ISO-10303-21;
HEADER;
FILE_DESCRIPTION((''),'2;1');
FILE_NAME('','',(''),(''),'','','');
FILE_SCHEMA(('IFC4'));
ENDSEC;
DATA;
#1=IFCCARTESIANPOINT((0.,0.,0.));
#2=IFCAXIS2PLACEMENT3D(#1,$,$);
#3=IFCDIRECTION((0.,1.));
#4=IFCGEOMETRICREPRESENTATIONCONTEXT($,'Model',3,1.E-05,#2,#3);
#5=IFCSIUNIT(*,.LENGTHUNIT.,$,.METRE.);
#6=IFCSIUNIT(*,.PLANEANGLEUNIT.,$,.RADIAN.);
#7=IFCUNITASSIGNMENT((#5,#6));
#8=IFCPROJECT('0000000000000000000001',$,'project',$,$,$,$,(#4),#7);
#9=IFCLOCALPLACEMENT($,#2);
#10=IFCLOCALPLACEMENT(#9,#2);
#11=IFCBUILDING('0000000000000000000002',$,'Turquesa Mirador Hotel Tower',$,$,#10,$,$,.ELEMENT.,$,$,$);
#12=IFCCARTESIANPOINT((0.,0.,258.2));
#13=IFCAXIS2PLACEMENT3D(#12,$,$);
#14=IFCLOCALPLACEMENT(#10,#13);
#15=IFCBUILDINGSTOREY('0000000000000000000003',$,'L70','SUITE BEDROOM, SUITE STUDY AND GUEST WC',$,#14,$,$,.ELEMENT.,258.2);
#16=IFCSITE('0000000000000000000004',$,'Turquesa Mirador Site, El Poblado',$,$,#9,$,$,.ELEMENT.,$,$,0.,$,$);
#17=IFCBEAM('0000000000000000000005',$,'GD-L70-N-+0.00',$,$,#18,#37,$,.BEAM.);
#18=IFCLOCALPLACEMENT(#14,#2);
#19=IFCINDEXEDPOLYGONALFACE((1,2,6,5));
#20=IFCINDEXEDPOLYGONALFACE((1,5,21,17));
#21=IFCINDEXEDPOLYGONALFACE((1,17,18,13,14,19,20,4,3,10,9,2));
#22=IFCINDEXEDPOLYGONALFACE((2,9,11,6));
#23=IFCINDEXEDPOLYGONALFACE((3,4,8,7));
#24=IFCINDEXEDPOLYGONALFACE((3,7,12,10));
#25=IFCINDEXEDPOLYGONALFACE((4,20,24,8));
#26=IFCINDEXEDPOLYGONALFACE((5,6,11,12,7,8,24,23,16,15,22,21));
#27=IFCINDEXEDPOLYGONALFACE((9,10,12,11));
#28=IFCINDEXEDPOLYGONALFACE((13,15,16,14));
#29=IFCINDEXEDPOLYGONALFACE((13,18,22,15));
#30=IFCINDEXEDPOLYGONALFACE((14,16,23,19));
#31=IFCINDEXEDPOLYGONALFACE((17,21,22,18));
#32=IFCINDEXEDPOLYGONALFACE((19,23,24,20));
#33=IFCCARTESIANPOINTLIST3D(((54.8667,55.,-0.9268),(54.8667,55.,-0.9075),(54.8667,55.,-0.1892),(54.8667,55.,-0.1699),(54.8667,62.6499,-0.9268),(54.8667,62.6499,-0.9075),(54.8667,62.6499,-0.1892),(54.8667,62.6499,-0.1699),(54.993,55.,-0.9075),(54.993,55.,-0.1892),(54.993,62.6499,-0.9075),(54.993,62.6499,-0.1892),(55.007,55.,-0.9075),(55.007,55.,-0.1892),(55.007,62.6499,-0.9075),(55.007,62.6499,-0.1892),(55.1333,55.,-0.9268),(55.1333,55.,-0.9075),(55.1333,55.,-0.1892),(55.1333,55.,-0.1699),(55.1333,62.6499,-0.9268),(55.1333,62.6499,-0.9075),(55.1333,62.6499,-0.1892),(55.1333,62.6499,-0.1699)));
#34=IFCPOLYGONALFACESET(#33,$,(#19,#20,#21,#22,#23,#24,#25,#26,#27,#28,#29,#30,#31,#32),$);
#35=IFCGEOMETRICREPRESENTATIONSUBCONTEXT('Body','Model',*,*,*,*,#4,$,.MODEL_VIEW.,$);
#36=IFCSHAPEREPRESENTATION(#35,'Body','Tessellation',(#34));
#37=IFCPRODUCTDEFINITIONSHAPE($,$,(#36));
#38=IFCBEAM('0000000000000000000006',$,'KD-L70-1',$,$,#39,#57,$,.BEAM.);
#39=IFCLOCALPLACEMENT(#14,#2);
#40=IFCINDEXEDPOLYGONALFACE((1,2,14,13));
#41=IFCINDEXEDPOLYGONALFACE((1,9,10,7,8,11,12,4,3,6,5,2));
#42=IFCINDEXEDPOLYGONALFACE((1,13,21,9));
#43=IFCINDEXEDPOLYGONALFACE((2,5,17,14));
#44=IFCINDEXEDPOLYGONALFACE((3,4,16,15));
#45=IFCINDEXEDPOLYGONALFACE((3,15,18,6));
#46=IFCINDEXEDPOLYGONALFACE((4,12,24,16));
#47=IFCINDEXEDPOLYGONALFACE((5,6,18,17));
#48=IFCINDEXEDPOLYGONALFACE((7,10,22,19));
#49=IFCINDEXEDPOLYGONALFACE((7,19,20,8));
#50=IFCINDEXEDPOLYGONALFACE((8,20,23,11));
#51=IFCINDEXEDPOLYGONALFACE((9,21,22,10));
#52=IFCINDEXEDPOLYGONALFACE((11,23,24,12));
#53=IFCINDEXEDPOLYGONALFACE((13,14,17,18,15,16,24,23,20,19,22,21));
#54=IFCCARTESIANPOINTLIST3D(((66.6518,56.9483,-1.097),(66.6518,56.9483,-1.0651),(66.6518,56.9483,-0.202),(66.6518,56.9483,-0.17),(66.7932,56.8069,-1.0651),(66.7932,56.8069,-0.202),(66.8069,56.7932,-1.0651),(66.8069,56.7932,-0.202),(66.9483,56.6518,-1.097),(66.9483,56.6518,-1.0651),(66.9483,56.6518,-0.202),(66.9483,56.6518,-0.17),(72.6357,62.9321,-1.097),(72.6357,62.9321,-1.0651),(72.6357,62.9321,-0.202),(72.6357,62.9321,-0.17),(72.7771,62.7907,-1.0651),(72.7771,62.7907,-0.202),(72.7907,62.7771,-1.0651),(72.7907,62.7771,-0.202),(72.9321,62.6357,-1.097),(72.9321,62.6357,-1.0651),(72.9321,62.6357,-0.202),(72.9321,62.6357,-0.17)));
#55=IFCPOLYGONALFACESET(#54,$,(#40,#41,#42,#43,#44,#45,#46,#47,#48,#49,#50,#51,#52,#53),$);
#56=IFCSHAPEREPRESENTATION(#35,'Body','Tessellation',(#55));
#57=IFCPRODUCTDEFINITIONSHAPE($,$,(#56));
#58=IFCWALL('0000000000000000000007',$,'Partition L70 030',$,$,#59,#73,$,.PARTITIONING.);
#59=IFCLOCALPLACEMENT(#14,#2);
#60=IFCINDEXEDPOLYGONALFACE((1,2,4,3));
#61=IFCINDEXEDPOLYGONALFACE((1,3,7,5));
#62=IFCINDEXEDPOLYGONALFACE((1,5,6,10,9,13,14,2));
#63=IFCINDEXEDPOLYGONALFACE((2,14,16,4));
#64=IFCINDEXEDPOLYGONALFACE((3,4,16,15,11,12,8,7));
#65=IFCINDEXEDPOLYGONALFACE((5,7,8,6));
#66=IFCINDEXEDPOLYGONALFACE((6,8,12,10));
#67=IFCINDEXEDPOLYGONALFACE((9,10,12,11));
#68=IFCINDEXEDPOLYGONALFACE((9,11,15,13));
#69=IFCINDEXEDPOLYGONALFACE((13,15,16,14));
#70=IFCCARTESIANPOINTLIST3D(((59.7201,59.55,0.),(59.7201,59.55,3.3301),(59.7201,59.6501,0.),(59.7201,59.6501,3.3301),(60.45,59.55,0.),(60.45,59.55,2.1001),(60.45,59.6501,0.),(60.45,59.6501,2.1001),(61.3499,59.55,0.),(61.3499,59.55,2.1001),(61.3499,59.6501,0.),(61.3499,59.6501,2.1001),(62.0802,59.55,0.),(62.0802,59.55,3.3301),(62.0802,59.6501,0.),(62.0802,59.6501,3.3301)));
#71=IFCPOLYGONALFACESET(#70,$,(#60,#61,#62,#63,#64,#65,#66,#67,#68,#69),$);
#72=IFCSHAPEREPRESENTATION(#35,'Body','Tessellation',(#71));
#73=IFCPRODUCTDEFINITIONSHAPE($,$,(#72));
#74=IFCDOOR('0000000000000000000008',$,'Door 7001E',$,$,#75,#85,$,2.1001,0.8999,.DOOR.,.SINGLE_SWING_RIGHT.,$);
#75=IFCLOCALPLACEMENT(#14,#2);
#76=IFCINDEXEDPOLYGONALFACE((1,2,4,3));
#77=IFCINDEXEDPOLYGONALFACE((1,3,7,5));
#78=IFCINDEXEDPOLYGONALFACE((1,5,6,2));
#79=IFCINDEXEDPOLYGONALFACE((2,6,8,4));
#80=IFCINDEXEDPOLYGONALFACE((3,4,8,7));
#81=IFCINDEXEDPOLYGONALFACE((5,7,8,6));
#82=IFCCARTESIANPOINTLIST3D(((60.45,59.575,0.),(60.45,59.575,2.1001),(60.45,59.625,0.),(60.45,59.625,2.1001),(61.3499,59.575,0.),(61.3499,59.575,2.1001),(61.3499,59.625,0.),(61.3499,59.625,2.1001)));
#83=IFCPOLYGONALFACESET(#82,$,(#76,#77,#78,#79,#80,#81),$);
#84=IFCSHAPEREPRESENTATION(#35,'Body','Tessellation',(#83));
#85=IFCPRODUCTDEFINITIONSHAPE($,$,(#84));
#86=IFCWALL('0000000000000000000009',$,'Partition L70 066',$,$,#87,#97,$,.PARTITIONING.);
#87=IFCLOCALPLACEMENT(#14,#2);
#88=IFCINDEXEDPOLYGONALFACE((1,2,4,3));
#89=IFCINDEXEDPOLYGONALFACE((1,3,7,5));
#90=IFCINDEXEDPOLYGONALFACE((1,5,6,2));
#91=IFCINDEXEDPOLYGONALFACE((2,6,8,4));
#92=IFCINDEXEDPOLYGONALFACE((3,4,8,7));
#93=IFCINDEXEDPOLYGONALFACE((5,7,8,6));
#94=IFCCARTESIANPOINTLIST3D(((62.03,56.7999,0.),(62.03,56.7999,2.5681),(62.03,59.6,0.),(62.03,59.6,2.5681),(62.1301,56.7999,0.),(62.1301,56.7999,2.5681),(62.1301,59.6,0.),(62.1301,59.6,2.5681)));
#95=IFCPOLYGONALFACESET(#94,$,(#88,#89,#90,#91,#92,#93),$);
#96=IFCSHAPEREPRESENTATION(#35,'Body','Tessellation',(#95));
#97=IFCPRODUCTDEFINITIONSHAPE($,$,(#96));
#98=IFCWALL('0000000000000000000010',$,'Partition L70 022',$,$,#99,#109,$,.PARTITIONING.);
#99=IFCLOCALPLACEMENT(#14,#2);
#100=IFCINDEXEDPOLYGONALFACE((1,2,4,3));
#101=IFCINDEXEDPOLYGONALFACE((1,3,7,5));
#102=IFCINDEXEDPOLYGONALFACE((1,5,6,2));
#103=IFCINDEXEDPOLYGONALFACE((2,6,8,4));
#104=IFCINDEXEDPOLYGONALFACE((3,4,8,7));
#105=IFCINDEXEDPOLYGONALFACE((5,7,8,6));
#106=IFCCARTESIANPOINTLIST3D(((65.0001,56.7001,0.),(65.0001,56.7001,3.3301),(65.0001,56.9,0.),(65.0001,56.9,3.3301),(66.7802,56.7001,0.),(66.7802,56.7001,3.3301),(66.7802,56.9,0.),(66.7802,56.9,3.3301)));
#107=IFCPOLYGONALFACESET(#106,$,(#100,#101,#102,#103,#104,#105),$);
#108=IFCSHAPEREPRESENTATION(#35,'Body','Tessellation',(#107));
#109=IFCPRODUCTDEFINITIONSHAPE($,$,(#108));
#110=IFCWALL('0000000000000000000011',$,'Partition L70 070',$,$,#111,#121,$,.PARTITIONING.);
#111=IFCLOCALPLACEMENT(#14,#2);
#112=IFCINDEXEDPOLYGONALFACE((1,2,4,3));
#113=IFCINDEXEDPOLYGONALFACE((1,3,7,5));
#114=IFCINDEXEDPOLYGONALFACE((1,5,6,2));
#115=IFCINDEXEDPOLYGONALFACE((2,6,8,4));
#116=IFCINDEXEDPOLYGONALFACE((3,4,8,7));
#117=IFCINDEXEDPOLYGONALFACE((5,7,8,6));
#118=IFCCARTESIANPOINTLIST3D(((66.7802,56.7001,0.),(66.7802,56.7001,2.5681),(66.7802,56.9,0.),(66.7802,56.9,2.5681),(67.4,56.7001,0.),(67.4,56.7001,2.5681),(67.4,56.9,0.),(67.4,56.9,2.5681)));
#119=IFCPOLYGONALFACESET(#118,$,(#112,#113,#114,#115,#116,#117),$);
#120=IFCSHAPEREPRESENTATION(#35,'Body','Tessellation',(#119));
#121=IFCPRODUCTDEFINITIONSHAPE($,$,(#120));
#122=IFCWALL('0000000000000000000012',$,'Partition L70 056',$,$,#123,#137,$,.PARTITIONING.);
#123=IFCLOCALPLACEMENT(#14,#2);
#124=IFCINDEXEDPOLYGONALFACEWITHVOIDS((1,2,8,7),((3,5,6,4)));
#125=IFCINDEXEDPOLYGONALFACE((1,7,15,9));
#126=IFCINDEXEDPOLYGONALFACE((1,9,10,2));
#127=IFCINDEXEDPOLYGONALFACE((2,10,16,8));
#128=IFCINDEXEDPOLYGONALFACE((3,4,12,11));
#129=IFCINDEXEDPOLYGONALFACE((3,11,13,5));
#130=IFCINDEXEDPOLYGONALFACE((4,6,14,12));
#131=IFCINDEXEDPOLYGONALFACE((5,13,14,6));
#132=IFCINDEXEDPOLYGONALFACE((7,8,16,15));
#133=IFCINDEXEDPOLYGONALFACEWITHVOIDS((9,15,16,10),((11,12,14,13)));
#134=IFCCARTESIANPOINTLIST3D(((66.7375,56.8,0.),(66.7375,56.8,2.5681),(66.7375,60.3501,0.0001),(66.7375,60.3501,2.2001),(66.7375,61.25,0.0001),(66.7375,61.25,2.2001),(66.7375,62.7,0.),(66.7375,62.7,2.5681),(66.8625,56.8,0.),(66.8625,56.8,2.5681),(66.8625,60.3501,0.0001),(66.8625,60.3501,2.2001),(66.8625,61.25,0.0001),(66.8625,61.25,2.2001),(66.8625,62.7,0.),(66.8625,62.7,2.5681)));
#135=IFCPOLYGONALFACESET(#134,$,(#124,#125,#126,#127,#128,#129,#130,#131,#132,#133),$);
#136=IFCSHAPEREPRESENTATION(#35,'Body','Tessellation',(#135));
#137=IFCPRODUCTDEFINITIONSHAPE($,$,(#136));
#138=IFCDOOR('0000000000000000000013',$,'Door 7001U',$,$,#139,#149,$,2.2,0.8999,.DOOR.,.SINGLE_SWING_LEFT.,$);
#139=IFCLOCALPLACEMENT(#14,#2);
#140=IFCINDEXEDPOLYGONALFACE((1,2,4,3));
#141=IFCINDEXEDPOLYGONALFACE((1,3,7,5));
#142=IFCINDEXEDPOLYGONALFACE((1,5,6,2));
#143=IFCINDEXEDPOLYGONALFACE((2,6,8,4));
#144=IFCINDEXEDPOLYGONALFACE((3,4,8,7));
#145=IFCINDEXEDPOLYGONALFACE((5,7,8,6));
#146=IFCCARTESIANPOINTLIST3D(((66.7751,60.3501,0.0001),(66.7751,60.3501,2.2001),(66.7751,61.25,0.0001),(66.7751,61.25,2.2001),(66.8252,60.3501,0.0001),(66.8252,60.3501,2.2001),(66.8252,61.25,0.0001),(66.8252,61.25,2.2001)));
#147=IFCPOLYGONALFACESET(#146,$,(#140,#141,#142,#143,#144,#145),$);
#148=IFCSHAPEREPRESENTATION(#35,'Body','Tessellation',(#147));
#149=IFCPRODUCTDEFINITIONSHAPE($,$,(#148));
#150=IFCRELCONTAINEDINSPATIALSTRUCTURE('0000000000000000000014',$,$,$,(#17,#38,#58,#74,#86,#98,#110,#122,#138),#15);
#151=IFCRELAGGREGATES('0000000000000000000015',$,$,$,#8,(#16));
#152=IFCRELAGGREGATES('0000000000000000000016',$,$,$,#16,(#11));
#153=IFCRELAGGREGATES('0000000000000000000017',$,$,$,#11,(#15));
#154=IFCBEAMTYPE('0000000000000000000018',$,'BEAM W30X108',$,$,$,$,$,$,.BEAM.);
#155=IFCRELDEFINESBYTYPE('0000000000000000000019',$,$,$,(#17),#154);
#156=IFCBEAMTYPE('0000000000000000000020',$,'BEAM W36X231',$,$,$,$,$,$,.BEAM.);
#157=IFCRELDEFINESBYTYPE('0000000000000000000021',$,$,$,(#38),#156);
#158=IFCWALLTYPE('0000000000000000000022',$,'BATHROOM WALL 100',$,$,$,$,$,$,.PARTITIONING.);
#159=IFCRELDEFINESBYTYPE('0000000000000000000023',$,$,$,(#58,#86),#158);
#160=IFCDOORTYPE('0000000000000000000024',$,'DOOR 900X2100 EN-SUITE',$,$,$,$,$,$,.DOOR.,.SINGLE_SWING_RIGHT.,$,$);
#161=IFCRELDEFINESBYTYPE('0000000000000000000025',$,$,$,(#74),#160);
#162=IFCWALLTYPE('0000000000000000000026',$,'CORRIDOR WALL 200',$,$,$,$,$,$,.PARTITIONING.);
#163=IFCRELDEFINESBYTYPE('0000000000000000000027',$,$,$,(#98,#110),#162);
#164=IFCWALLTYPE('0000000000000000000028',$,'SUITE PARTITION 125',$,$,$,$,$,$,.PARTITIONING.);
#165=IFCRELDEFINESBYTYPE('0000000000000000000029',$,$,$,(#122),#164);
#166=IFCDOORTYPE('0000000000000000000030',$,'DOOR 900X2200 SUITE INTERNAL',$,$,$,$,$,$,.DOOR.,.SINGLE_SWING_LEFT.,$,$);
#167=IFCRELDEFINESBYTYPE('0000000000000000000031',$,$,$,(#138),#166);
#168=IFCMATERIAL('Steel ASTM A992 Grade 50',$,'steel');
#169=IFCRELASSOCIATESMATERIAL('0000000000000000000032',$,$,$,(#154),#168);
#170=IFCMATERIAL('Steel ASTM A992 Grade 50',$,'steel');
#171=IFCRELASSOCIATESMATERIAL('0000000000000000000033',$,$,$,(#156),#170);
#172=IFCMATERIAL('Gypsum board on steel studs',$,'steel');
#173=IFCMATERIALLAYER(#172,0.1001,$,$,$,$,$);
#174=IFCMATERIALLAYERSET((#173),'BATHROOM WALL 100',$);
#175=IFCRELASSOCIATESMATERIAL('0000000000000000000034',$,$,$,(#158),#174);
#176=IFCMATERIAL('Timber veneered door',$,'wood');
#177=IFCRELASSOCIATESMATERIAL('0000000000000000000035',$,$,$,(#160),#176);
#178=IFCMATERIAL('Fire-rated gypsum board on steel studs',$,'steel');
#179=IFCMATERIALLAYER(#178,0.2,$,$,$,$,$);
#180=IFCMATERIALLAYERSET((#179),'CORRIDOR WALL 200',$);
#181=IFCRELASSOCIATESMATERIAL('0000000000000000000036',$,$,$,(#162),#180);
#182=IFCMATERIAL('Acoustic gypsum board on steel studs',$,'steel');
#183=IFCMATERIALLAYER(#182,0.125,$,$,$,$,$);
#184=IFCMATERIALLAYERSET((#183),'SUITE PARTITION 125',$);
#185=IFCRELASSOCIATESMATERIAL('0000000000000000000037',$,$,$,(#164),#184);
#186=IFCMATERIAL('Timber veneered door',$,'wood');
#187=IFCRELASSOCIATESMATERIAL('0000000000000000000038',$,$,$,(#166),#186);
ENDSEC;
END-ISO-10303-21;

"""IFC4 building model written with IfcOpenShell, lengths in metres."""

from ifc_helpers import new_model, si_unit, direction, frame, frame_2d, origin, origin_2d, place, context, subcontext, project, spatial, rectangle, i_section, extrude, material, layer, layer_set, material_profile, profile_set, type_object, element, fill, save


model = new_model("IFC4")

# Units and contexts
model_context = context("Model", 3, precision=1e-05, world=origin(), true_north=direction((0.0, 1.0)))
body_context = subcontext(model_context, "Body", "Model", "MODEL_VIEW")
ifc_project = project(units=[si_unit("LENGTHUNIT", "METRE"), si_unit("PLANEANGLEUNIT", "RADIAN")], contexts=[model_context])

# Site, building, storey
site_placement = place(None, origin())
site = spatial("IfcSite", under=ifc_project, at=site_placement, Name="Turquesa Mirador Site, El Poblado", CompositionType="ELEMENT", RefElevation=0.0)
building_placement = place(site_placement, origin())
building = spatial("IfcBuilding", under=site, at=building_placement, Name="Turquesa Mirador Hotel Tower", CompositionType="ELEMENT")
storey_placement = place(building_placement, frame((0.0, 0.0, 258.2)))
storey = spatial("IfcBuildingStorey", under=building, at=storey_placement, Name="L70", Description="SUITE BEDROOM, SUITE STUDY AND GUEST WC", CompositionType="ELEMENT", Elevation=258.2)

# Beams
ifc_material_1 = material(Name="Steel ASTM A992 Grade 50", Category="steel")
ifc_material_profile_1 = material_profile(ifc_material_1, i_section(OverallWidth=0.2666, OverallDepth=0.7568, WebThickness=0.0139, FlangeThickness=0.0193, at=origin_2d()), Name="W30X108")
ifc_profile_set_1 = profile_set([ifc_material_profile_1], Name="Steel ASTM A992 Grade 50")
beam_type_1 = type_object("IfcBeamType", Name="BEAM W30X108", PredefinedType="BEAM", material=ifc_profile_set_1)
for number, where, z_axis, x_axis, name in (
    (1, (55.0, 62.6499, -0.5483), (0.0, -1.0, 0.0), (1.0, 0.0, 0.0), "GD-L70-N-+0.00"),
):
    element("IfcBeam", number, at=place(storey_placement, frame(where, z_axis=z_axis, x_axis=x_axis)), inside=storey, type_object=beam_type_1, Name=name, PredefinedType="BEAM", context=body_context, shape_type="SweptSolid", body=[
        extrude(i_section(OverallWidth=0.2666, OverallDepth=0.7568, WebThickness=0.0139, FlangeThickness=0.0193, at=origin_2d()), origin(), (0.0, 0.0, 1.0), 7.6499),
    ])
ifc_material_2 = material(Name="Steel ASTM A992 Grade 50", Category="steel")
ifc_material_profile_2 = material_profile(ifc_material_2, i_section(OverallWidth=0.4192, OverallDepth=0.927, WebThickness=0.0193, FlangeThickness=0.032, at=origin_2d()), Name="W36X231")
ifc_profile_set_2 = profile_set([ifc_material_profile_2], Name="Steel ASTM A992 Grade 50")
beam_type_2 = type_object("IfcBeamType", Name="BEAM W36X231", PredefinedType="BEAM", material=ifc_profile_set_2)
beam_1_placement = place(storey_placement, frame((66.8, 56.8, -0.6335), z_axis=(0.707107, 0.707107, 0.0), x_axis=(-0.707107, 0.707107, 0.0)))
element("IfcBeam", 2, at=beam_1_placement, inside=storey, type_object=beam_type_2, Name="KD-L70-1", PredefinedType="BEAM", context=body_context, shape_type="SweptSolid", body=[
    extrude(i_section(OverallWidth=0.4192, OverallDepth=0.927, WebThickness=0.0193, FlangeThickness=0.032, at=origin_2d()), origin(), (0.0, 0.0, 1.0), 8.4624),
])

# Wall, opening, door
ifc_material_3 = material(Name="Gypsum board on steel studs", Category="steel")
ifc_layer_1 = layer(ifc_material_3, 0.1001)
ifc_layer_set_1 = layer_set([ifc_layer_1], Name="BATHROOM WALL 100")
wall_type_1 = type_object("IfcWallType", Name="BATHROOM WALL 100", PredefinedType="PARTITIONING", material=ifc_layer_set_1)
wall_1_placement = place(storey_placement, frame((59.72, 59.6001, 0.0), z_axis=(0.0, 0.0, 1.0), x_axis=(1.0, 0.0, 0.0)))
wall_1 = element("IfcWall", 3, at=wall_1_placement, inside=storey, type_object=wall_type_1, Name="Partition L70 030", PredefinedType="PARTITIONING", context=body_context, shape_type="SweptSolid", body=[
    extrude(rectangle(XDim=2.3601, YDim=0.1001, at=frame_2d((1.1802, 0.0))), origin(), (0.0, 0.0, 1.0), 3.3301),
])
opening_1_placement = place(wall_1_placement, frame((0.73, 0.0, 0.0)))
opening_1 = element("IfcOpeningElement", 4, at=opening_1_placement, cuts=wall_1, PredefinedType="OPENING", context=body_context, shape_type="SweptSolid", body=[
    extrude(rectangle(XDim=0.8999, YDim=2.1001, at=frame_2d((0.45, 1.05))), frame((0.0, 0.0601, 0.0), z_axis=(0.0, -1.0, 0.0), x_axis=(1.0, 0.0, 0.0)), (0.0, 0.0, 1.0), 0.1201),
])
ifc_material_4 = material(Name="Timber veneered door", Category="wood")
door_type_1 = type_object("IfcDoorType", Name="DOOR 900X2100 EN-SUITE", OperationType="SINGLE_SWING_RIGHT", PredefinedType="DOOR", material=ifc_material_4)
door_1_placement = place(opening_1_placement, origin())
door_1 = element("IfcDoor", 5, at=door_1_placement, inside=storey, type_object=door_type_1, Name="Door 7001E", OperationType="SINGLE_SWING_RIGHT", OverallHeight=2.1001, OverallWidth=0.8999, PredefinedType="DOOR", context=body_context, shape_type="SweptSolid", body=[
    extrude(rectangle(XDim=0.8999, YDim=2.1001, at=frame_2d((0.45, 1.05))), frame((0.0, 0.0249, 0.0), z_axis=(0.0, -1.0, 0.0), x_axis=(1.0, 0.0, 0.0)), (0.0, 0.0, 1.0), 0.05),
])
fill(opening_1, door_1)

# Walls
wall_2_placement = place(storey_placement, frame((62.0801, 56.8, 0.0), z_axis=(0.0, 0.0, 1.0), x_axis=(0.0, 1.0, 0.0)))
element("IfcWall", 6, at=wall_2_placement, inside=storey, type_object=wall_type_1, Name="Partition L70 066", PredefinedType="PARTITIONING", context=body_context, shape_type="SweptSolid", body=[
    extrude(rectangle(XDim=2.8, YDim=0.1001, at=frame_2d((1.3999, 0.0))), origin(), (0.0, 0.0, 1.0), 2.5681),
])
ifc_material_5 = material(Name="Fire-rated gypsum board on steel studs", Category="steel")
ifc_layer_2 = layer(ifc_material_5, 0.2)
ifc_layer_set_2 = layer_set([ifc_layer_2], Name="CORRIDOR WALL 200")
wall_type_2 = type_object("IfcWallType", Name="CORRIDOR WALL 200", PredefinedType="PARTITIONING", material=ifc_layer_set_2)
wall_3_placement = place(storey_placement, frame((65.0, 56.8, 0.0), z_axis=(0.0, 0.0, 1.0), x_axis=(1.0, 0.0, 0.0)))
element("IfcWall", 7, at=wall_3_placement, inside=storey, type_object=wall_type_2, Name="Partition L70 022", PredefinedType="PARTITIONING", context=body_context, shape_type="SweptSolid", body=[
    extrude(rectangle(XDim=1.78, YDim=0.2, at=frame_2d((0.8901, 0.0))), origin(), (0.0, 0.0, 1.0), 3.3301),
])
wall_4_placement = place(storey_placement, frame((66.78, 56.8, 0.0), z_axis=(0.0, 0.0, 1.0), x_axis=(1.0, 0.0, 0.0)))
element("IfcWall", 8, at=wall_4_placement, inside=storey, type_object=wall_type_2, Name="Partition L70 070", PredefinedType="PARTITIONING", context=body_context, shape_type="SweptSolid", body=[
    extrude(rectangle(XDim=0.6199, YDim=0.2, at=frame_2d((0.3101, 0.0))), origin(), (0.0, 0.0, 1.0), 2.5681),
])

# Wall, opening, door
ifc_material_6 = material(Name="Acoustic gypsum board on steel studs", Category="steel")
ifc_layer_3 = layer(ifc_material_6, 0.125)
ifc_layer_set_3 = layer_set([ifc_layer_3], Name="SUITE PARTITION 125")
wall_type_3 = type_object("IfcWallType", Name="SUITE PARTITION 125", PredefinedType="PARTITIONING", material=ifc_layer_set_3)
wall_5_placement = place(storey_placement, frame((66.8, 56.8, 0.0), z_axis=(0.0, 0.0, 1.0), x_axis=(0.0, 1.0, 0.0)))
wall_5 = element("IfcWall", 9, at=wall_5_placement, inside=storey, type_object=wall_type_3, Name="Partition L70 056", PredefinedType="PARTITIONING", context=body_context, shape_type="SweptSolid", body=[
    extrude(rectangle(XDim=5.8999, YDim=0.125, at=frame_2d((2.95, 0.0))), origin(), (0.0, 0.0, 1.0), 2.5681),
])
opening_2_placement = place(wall_5_placement, frame((3.55, 0.0, 0.0)))
opening_2 = element("IfcOpeningElement", 10, at=opening_2_placement, cuts=wall_5, PredefinedType="OPENING", context=body_context, shape_type="SweptSolid", body=[
    extrude(rectangle(XDim=0.8999, YDim=2.2, at=frame_2d((0.45, 1.1001))), frame((0.0, 0.0725, 0.0), z_axis=(0.0, -1.0, 0.0), x_axis=(1.0, 0.0, 0.0)), (0.0, 0.0, 1.0), 0.145),
])
ifc_material_7 = material(Name="Timber veneered door", Category="wood")
door_type_2 = type_object("IfcDoorType", Name="DOOR 900X2200 SUITE INTERNAL", OperationType="SINGLE_SWING_LEFT", PredefinedType="DOOR", material=ifc_material_7)
door_2_placement = place(opening_2_placement, origin())
door_2 = element("IfcDoor", 11, at=door_2_placement, inside=storey, type_object=door_type_2, Name="Door 7001U", OperationType="SINGLE_SWING_LEFT", OverallHeight=2.2, OverallWidth=0.8999, PredefinedType="DOOR", context=body_context, shape_type="SweptSolid", body=[
    extrude(rectangle(XDim=0.8999, YDim=2.2, at=frame_2d((0.45, 1.1001))), frame((0.0, 0.0249, 0.0), z_axis=(0.0, -1.0, 0.0), x_axis=(1.0, 0.0, 0.0)), (0.0, 0.0, 1.0), 0.05),
])
fill(opening_2, door_2)

save(model, "model.ifc")
